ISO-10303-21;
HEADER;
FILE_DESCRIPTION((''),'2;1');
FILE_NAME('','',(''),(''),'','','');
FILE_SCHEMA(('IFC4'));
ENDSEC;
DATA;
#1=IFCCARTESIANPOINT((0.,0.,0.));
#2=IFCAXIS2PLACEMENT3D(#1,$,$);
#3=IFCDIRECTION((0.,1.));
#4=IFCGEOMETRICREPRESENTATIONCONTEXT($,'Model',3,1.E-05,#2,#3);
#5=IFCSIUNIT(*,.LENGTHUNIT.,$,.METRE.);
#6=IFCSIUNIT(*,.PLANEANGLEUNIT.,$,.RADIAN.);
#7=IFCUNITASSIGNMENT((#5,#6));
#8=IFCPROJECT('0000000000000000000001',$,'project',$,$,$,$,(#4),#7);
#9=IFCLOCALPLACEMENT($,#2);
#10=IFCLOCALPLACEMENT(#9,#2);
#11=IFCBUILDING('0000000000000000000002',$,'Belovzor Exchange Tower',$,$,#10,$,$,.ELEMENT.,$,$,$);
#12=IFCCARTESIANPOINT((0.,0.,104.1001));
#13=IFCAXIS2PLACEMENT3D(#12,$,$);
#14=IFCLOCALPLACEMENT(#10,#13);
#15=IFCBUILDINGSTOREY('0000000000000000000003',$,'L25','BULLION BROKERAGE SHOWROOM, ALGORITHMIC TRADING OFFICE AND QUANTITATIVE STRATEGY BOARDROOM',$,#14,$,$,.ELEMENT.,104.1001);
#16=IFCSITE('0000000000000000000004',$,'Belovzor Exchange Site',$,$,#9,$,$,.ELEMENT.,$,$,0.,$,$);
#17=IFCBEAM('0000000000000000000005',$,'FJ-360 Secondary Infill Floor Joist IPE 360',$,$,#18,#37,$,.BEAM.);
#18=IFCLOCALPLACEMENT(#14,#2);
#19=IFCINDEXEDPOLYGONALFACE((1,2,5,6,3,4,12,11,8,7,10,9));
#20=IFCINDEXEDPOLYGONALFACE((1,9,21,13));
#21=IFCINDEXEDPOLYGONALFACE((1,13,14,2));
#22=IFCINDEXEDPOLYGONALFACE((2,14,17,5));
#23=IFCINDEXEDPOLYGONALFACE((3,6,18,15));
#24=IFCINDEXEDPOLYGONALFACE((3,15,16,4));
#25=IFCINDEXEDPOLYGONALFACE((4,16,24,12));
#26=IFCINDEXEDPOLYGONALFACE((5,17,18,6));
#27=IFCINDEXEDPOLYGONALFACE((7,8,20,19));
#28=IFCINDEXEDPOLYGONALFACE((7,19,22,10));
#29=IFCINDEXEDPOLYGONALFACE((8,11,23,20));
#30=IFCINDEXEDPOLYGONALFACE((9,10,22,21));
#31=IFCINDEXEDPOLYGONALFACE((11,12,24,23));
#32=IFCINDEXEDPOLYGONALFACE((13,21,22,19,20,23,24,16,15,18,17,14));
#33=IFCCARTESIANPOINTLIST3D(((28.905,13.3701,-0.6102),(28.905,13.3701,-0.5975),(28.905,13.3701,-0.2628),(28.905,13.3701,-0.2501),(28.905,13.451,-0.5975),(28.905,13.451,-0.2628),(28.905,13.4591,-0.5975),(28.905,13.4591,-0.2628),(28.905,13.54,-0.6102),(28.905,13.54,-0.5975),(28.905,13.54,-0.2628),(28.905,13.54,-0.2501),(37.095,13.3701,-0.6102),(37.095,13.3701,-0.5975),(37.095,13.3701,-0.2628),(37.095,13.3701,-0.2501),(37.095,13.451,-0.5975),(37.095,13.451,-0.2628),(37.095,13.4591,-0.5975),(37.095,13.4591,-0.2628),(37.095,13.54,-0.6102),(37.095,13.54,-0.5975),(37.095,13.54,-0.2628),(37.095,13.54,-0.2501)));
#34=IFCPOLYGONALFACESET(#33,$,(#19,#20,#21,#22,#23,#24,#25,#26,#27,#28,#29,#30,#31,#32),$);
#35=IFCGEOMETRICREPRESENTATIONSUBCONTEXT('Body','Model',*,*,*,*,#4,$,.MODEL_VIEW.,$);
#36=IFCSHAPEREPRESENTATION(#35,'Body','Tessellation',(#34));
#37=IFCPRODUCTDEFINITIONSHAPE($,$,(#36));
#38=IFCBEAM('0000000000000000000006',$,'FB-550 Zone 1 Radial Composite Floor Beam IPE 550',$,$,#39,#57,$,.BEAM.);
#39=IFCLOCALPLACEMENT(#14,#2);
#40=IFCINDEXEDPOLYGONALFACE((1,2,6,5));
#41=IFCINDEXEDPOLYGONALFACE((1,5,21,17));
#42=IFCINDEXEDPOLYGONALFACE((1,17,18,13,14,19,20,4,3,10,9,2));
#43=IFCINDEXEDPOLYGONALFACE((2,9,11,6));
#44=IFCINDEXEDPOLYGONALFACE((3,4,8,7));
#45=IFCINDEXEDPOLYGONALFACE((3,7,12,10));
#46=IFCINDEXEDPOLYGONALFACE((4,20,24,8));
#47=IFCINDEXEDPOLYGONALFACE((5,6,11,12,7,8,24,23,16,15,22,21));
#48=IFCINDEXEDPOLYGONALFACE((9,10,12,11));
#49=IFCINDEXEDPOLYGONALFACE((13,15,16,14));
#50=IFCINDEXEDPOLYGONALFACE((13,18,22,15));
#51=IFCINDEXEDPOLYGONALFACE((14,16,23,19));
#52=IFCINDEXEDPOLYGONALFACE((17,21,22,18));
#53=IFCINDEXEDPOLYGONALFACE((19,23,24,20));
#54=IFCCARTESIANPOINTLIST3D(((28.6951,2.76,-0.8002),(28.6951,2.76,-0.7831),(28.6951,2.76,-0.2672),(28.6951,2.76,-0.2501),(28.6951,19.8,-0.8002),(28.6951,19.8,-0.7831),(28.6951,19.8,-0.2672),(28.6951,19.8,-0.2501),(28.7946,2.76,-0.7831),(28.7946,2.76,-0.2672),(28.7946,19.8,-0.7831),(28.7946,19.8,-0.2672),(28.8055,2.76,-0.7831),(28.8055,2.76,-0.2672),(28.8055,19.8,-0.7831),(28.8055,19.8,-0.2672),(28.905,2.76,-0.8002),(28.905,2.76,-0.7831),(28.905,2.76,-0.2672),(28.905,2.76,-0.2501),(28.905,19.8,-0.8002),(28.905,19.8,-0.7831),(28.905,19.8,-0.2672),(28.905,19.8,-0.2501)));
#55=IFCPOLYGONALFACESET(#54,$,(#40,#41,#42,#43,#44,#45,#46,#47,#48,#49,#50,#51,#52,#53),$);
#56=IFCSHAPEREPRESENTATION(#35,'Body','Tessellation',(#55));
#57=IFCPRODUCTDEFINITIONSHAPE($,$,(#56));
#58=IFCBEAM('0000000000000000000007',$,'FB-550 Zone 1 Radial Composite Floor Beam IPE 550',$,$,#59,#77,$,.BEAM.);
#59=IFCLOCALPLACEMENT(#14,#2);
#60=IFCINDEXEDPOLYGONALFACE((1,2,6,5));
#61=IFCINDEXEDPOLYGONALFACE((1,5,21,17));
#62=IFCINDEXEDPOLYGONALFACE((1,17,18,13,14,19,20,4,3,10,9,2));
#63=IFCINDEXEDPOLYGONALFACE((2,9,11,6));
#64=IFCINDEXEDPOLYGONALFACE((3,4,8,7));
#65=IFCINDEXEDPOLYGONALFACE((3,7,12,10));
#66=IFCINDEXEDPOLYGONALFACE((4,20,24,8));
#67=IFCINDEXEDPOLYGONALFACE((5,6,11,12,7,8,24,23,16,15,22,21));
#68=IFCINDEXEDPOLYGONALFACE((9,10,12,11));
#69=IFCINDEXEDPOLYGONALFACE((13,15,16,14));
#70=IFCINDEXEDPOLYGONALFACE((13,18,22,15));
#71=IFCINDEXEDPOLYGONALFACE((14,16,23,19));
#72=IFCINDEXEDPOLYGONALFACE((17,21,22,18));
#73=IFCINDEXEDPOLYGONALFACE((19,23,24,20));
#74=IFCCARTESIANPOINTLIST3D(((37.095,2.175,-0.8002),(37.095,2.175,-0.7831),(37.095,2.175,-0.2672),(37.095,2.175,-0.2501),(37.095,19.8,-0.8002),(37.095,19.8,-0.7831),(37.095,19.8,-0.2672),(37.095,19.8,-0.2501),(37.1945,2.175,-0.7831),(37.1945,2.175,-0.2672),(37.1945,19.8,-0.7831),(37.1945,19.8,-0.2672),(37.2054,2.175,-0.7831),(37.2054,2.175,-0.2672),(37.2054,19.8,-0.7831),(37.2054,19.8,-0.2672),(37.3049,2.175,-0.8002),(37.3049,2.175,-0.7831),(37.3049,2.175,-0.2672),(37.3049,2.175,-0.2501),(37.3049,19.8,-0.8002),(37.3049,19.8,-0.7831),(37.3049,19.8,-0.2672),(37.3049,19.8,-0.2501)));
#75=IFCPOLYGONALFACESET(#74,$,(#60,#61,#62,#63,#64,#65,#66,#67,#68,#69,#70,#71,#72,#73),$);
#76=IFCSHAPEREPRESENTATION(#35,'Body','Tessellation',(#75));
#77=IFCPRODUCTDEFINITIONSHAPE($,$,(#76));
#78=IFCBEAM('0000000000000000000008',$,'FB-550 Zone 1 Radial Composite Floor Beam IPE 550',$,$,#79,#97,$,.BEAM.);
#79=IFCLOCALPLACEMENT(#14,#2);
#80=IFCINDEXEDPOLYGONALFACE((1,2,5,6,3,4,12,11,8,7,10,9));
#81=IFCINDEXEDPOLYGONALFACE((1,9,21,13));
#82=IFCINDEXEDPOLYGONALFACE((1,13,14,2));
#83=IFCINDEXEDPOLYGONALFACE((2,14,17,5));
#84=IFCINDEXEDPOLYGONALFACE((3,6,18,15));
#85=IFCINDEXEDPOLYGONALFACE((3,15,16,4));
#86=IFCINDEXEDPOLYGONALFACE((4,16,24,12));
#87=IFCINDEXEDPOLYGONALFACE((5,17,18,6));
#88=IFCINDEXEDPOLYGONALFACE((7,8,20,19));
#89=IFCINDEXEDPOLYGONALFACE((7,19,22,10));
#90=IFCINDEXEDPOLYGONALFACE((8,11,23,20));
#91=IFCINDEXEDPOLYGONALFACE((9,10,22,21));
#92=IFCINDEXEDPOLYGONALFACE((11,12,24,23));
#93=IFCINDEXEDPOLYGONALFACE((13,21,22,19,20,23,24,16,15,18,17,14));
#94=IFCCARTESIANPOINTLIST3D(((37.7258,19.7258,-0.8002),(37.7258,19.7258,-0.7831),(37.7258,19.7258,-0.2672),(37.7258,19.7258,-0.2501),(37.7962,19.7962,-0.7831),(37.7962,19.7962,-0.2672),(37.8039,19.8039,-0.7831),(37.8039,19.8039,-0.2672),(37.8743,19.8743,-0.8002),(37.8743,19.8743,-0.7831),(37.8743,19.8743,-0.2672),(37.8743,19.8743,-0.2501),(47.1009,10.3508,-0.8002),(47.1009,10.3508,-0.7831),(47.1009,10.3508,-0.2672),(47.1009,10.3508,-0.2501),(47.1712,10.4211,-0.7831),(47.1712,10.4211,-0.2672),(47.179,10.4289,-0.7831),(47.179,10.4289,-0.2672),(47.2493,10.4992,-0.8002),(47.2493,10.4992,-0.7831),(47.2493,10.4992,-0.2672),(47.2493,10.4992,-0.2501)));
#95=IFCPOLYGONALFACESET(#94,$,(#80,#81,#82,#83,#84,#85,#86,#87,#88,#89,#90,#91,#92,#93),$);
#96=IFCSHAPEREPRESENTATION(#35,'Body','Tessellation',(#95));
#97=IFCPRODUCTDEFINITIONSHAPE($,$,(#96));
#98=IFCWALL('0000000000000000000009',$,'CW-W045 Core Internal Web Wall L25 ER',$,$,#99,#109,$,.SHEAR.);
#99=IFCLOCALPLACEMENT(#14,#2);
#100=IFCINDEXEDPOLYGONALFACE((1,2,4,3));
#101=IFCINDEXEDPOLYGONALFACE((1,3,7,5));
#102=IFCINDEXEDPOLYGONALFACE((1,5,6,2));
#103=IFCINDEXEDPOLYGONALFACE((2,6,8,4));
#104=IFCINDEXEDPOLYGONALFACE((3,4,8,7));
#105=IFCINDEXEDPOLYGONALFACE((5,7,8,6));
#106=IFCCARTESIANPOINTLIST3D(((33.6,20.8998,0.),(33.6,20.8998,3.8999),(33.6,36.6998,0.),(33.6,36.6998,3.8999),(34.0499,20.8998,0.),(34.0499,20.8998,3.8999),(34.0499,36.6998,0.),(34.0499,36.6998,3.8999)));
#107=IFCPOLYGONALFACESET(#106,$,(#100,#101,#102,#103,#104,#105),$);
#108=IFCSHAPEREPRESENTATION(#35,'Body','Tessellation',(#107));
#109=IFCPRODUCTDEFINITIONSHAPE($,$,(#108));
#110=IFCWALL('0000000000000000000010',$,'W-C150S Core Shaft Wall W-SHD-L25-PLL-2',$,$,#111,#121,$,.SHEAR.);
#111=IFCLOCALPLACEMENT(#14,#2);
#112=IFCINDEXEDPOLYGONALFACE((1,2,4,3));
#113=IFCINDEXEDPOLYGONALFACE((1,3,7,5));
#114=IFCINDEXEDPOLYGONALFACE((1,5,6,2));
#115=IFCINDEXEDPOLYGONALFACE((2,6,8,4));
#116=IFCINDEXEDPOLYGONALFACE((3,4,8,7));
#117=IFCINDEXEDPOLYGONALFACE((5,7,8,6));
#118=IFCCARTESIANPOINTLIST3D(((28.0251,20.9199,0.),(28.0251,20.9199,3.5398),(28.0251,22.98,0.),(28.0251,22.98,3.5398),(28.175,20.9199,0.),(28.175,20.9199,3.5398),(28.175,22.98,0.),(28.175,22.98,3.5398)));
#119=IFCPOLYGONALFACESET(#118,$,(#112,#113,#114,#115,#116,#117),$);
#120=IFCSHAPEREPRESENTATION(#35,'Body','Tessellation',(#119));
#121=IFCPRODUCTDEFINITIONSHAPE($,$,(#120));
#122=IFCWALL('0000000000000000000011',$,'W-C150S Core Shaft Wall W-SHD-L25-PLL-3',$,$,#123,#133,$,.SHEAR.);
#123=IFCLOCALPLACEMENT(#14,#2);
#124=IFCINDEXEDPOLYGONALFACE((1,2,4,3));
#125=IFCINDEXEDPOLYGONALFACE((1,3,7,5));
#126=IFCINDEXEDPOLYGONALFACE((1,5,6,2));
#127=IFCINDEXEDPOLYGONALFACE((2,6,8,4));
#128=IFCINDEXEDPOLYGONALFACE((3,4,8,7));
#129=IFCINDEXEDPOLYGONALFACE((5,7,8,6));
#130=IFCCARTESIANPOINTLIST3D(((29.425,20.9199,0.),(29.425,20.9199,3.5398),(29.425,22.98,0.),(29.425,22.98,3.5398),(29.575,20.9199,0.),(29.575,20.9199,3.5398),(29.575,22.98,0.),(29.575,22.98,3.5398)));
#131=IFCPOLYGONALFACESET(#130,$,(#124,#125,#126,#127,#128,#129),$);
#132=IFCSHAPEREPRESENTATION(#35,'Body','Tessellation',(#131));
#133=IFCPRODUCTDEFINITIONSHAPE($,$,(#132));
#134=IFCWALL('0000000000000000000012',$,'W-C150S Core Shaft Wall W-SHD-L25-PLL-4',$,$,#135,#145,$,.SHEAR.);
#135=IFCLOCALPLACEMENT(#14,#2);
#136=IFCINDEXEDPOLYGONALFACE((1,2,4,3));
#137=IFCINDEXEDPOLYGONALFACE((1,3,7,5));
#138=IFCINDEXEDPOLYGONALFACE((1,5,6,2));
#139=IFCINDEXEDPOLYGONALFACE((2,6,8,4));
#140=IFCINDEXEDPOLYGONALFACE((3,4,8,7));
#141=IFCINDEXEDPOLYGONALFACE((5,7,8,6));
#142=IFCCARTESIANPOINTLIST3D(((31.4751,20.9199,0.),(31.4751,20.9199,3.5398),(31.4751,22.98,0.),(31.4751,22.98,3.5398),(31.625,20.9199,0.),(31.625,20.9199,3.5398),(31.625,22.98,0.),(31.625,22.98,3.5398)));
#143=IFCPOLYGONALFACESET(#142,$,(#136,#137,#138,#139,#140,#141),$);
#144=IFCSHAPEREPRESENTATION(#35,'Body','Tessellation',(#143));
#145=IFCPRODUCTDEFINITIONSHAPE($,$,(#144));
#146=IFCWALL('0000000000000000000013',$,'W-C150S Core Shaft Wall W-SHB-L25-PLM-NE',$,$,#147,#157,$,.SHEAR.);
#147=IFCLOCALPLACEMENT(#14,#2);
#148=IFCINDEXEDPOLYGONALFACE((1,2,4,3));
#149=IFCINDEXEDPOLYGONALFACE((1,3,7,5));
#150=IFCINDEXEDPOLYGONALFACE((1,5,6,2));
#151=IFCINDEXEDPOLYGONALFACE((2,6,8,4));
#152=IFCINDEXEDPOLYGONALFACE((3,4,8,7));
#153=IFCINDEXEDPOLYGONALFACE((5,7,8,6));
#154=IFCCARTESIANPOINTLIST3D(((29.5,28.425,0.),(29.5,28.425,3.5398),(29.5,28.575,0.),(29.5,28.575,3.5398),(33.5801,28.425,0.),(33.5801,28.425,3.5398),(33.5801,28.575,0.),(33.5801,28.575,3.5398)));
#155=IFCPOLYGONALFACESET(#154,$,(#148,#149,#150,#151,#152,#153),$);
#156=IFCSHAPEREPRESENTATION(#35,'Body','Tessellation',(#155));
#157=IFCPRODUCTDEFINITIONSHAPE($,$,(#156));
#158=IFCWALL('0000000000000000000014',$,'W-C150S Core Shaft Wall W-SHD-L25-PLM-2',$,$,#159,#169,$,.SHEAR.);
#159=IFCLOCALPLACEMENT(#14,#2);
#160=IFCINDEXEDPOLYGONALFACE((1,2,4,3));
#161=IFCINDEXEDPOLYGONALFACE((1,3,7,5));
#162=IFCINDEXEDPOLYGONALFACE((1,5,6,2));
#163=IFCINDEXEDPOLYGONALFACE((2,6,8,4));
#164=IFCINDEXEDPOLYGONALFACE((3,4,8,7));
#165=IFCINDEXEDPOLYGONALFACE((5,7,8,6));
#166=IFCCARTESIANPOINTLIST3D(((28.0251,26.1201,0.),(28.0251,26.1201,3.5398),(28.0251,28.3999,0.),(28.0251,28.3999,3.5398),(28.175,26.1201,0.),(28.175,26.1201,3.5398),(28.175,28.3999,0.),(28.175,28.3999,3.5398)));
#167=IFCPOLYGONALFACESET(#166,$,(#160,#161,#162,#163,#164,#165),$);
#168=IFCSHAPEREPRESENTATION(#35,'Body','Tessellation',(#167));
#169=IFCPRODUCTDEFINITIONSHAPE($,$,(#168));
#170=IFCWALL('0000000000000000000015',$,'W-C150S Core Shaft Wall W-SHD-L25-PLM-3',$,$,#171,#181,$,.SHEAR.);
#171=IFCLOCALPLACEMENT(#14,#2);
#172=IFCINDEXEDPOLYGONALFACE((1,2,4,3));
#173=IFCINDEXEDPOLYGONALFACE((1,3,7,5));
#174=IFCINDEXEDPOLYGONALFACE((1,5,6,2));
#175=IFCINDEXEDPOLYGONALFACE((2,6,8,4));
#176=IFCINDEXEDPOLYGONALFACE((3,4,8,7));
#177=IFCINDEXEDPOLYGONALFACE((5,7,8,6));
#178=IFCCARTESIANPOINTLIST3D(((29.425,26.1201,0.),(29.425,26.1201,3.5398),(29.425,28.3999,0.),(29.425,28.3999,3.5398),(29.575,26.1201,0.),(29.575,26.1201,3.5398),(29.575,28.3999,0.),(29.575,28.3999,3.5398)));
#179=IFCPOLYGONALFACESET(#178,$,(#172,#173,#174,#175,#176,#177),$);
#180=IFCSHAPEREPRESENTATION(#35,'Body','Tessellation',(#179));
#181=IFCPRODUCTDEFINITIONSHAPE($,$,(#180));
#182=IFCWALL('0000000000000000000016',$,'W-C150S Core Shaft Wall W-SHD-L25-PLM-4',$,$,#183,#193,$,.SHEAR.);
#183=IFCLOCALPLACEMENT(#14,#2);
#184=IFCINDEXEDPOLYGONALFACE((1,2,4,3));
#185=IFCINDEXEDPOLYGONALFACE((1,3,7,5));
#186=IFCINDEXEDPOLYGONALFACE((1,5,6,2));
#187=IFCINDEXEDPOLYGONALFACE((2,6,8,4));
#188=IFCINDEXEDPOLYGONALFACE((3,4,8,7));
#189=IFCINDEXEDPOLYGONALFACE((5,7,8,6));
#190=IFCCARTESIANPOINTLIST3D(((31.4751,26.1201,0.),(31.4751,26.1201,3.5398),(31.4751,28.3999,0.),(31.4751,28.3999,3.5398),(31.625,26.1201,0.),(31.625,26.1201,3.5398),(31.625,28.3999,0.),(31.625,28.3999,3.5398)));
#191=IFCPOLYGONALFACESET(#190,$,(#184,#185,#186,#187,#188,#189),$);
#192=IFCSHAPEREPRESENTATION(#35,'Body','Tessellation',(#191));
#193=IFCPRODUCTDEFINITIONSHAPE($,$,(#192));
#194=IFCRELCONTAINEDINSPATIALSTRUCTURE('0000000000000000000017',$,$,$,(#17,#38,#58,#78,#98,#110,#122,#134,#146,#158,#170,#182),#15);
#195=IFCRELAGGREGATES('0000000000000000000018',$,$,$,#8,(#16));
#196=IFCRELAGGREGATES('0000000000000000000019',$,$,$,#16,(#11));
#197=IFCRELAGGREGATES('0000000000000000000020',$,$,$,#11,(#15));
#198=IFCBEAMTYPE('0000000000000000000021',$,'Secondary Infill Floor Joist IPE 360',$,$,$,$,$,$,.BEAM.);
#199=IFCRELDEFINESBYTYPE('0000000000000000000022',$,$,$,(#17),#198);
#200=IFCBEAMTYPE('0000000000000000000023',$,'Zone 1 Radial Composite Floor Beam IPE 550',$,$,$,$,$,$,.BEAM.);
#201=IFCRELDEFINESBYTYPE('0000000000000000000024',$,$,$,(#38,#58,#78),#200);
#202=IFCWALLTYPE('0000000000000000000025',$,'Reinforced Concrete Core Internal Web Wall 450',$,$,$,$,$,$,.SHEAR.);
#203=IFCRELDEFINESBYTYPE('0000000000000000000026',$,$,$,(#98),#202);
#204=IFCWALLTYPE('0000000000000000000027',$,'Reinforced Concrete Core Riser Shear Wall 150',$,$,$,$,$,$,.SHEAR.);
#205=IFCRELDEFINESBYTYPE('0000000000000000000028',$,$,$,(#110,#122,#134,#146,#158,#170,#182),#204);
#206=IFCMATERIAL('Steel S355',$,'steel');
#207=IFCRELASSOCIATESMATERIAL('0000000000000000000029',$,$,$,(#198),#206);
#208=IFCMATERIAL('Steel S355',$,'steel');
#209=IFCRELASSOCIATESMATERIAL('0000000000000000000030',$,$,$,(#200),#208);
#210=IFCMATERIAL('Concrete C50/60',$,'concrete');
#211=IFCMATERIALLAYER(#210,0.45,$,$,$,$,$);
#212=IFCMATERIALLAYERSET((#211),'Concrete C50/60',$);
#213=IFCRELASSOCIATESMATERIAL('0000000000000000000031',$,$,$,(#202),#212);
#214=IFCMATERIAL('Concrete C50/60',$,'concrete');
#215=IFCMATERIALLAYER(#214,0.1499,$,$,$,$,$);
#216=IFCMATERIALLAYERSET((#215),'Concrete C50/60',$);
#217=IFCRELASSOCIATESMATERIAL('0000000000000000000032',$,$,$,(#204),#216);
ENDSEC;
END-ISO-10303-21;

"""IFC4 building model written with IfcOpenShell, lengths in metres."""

from ifc_helpers import new_model, si_unit, direction, frame, frame_2d, origin, origin_2d, place, context, subcontext, project, spatial, rectangle, i_section, extrude, material, layer, layer_set, material_profile, profile_set, type_object, element, save


model = new_model("IFC4")

# Units and contexts
model_context = context("Model", 3, precision=1e-05, world=origin(), true_north=direction((0.0, 1.0)))
body_context = subcontext(model_context, "Body", "Model", "MODEL_VIEW")
ifc_project = project(units=[si_unit("LENGTHUNIT", "METRE"), si_unit("PLANEANGLEUNIT", "RADIAN")], contexts=[model_context])

# Site, building, storey
site_placement = place(None, origin())
site = spatial("IfcSite", under=ifc_project, at=site_placement, Name="Belovzor Exchange Site", CompositionType="ELEMENT", RefElevation=0.0)
building_placement = place(site_placement, origin())
building = spatial("IfcBuilding", under=site, at=building_placement, Name="Belovzor Exchange Tower", CompositionType="ELEMENT")
storey_placement = place(building_placement, frame((0.0, 0.0, 104.1001)))
storey = spatial("IfcBuildingStorey", under=building, at=storey_placement, Name="L25", Description="BULLION BROKERAGE SHOWROOM, ALGORITHMIC TRADING OFFICE AND QUANTITATIVE STRATEGY BOARDROOM", CompositionType="ELEMENT", Elevation=104.1001)

# Beams
ifc_material_1 = material(Name="Steel S355", Category="steel")
ifc_material_profile_1 = material_profile(ifc_material_1, i_section(OverallWidth=0.1699, OverallDepth=0.3601, WebThickness=0.0081, FlangeThickness=0.0127, at=origin_2d()))
ifc_profile_set_1 = profile_set([ifc_material_profile_1], Name="Steel S355")
beam_type_1 = type_object("IfcBeamType", Name="Secondary Infill Floor Joist IPE 360", PredefinedType="BEAM", material=ifc_profile_set_1)
beam_1_placement = place(storey_placement, frame((28.905, 13.4551, -0.4302), z_axis=(1.0, 0.0, 0.0), x_axis=(0.0, 1.0, 0.0)))
element("IfcBeam", 1, at=beam_1_placement, inside=storey, type_object=beam_type_1, Name="FJ-360 Secondary Infill Floor Joist IPE 360", PredefinedType="BEAM", context=body_context, shape_type="SweptSolid", body=[
    extrude(i_section(OverallWidth=0.1699, OverallDepth=0.3601, WebThickness=0.0081, FlangeThickness=0.0127, at=origin_2d()), origin(), (0.0, 0.0, 1.0), 8.1899),
])
ifc_material_2 = material(Name="Steel S355", Category="steel")
ifc_material_profile_2 = material_profile(ifc_material_2, i_section(OverallWidth=0.21, OverallDepth=0.55, WebThickness=0.011, FlangeThickness=0.0171, at=origin_2d()))
ifc_profile_set_2 = profile_set([ifc_material_profile_2], Name="Steel S355")
beam_type_2 = type_object("IfcBeamType", Name="Zone 1 Radial Composite Floor Beam IPE 550", PredefinedType="BEAM", material=ifc_profile_set_2)
beam_2_placement = place(storey_placement, frame((28.8, 19.8, -0.5251), z_axis=(0.0, -1.0, 0.0), x_axis=(1.0, 0.0, 0.0)))
element("IfcBeam", 2, at=beam_2_placement, inside=storey, type_object=beam_type_2, Name="FB-550 Zone 1 Radial Composite Floor Beam IPE 550", PredefinedType="BEAM", context=body_context, shape_type="SweptSolid", body=[
    extrude(i_section(OverallWidth=0.21, OverallDepth=0.55, WebThickness=0.011, FlangeThickness=0.0171, at=origin_2d()), origin(), (0.0, 0.0, 1.0), 17.04),
])
beam_3_placement = place(storey_placement, frame((37.2, 19.8, -0.5251), z_axis=(0.0, -1.0, 0.0), x_axis=(1.0, 0.0, 0.0)))
element("IfcBeam", 3, at=beam_3_placement, inside=storey, type_object=beam_type_2, Name="FB-550 Zone 1 Radial Composite Floor Beam IPE 550", PredefinedType="BEAM", context=body_context, shape_type="SweptSolid", body=[
    extrude(i_section(OverallWidth=0.21, OverallDepth=0.55, WebThickness=0.011, FlangeThickness=0.0171, at=origin_2d()), origin(), (0.0, 0.0, 1.0), 17.625),
])
beam_4_placement = place(storey_placement, frame((37.8, 19.8, -0.5251), z_axis=(0.707107, -0.707107, 0.0), x_axis=(0.707107, 0.707107, 0.0)))
element("IfcBeam", 4, at=beam_4_placement, inside=storey, type_object=beam_type_2, Name="FB-550 Zone 1 Radial Composite Floor Beam IPE 550", PredefinedType="BEAM", context=body_context, shape_type="SweptSolid", body=[
    extrude(i_section(OverallWidth=0.21, OverallDepth=0.55, WebThickness=0.011, FlangeThickness=0.0171, at=origin_2d()), origin(), (0.0, 0.0, 1.0), 13.2583),
])

# Walls
ifc_material_3 = material(Name="Concrete C50/60", Category="concrete")
ifc_layer_1 = layer(ifc_material_3, 0.45)
ifc_layer_set_1 = layer_set([ifc_layer_1], Name="Concrete C50/60")
wall_type_1 = type_object("IfcWallType", Name="Reinforced Concrete Core Internal Web Wall 450", PredefinedType="SHEAR", material=ifc_layer_set_1)
wall_1_placement = place(storey_placement, frame((33.825, 20.8999, 0.0), z_axis=(0.0, 0.0, 1.0), x_axis=(0.0, 1.0, 0.0)))
element("IfcWall", 5, at=wall_1_placement, inside=storey, type_object=wall_type_1, Name="CW-W045 Core Internal Web Wall L25 ER", PredefinedType="SHEAR", context=body_context, shape_type="SweptSolid", body=[
    extrude(rectangle(XDim=15.8, YDim=0.45, at=frame_2d((7.8999, 0.0))), origin(), (0.0, 0.0, 1.0), 3.8999),
])
ifc_material_4 = material(Name="Concrete C50/60", Category="concrete")
ifc_layer_2 = layer(ifc_material_4, 0.1499)
ifc_layer_set_2 = layer_set([ifc_layer_2], Name="Concrete C50/60")
wall_type_2 = type_object("IfcWallType", Name="Reinforced Concrete Core Riser Shear Wall 150", PredefinedType="SHEAR", material=ifc_layer_set_2)
for number, where, z_axis, x_axis, name in (
    (6, (28.1001, 20.9199, 0.0), (0.0, 0.0, 1.0), (0.0, 1.0, 0.0), "W-C150S Core Shaft Wall W-SHD-L25-PLL-2"),
    (7, (29.5, 20.9199, 0.0), (0.0, 0.0, 1.0), (0.0, 1.0, 0.0), "W-C150S Core Shaft Wall W-SHD-L25-PLL-3"),
    (8, (31.55, 20.9199, 0.0), (0.0, 0.0, 1.0), (0.0, 1.0, 0.0), "W-C150S Core Shaft Wall W-SHD-L25-PLL-4"),
):
    element("IfcWall", number, at=place(storey_placement, frame(where, z_axis=z_axis, x_axis=x_axis)), inside=storey, type_object=wall_type_2, Name=name, PredefinedType="SHEAR", context=body_context, shape_type="SweptSolid", body=[
        extrude(rectangle(XDim=2.0601, YDim=0.1499, at=frame_2d((1.03, 0.0))), origin(), (0.0, 0.0, 1.0), 3.5398),
    ])
wall_2_placement = place(storey_placement, frame((29.5, 28.5, 0.0), z_axis=(0.0, 0.0, 1.0), x_axis=(1.0, 0.0, 0.0)))
element("IfcWall", 9, at=wall_2_placement, inside=storey, type_object=wall_type_2, Name="W-C150S Core Shaft Wall W-SHB-L25-PLM-NE", PredefinedType="SHEAR", context=body_context, shape_type="SweptSolid", body=[
    extrude(rectangle(XDim=4.0801, YDim=0.1499, at=frame_2d((2.04, 0.0))), origin(), (0.0, 0.0, 1.0), 3.5398),
])
for number, where, z_axis, x_axis, name in (
    (10, (28.1001, 26.1201, 0.0), (0.0, 0.0, 1.0), (0.0, 1.0, 0.0), "W-C150S Core Shaft Wall W-SHD-L25-PLM-2"),
    (11, (29.5, 26.1201, 0.0), (0.0, 0.0, 1.0), (0.0, 1.0, 0.0), "W-C150S Core Shaft Wall W-SHD-L25-PLM-3"),
    (12, (31.55, 26.1201, 0.0), (0.0, 0.0, 1.0), (0.0, 1.0, 0.0), "W-C150S Core Shaft Wall W-SHD-L25-PLM-4"),
):
    element("IfcWall", number, at=place(storey_placement, frame(where, z_axis=z_axis, x_axis=x_axis)), inside=storey, type_object=wall_type_2, Name=name, PredefinedType="SHEAR", context=body_context, shape_type="SweptSolid", body=[
        extrude(rectangle(XDim=2.2798, YDim=0.1499, at=frame_2d((1.1399, 0.0))), origin(), (0.0, 0.0, 1.0), 3.5398),
    ])

save(model, "model.ifc")
